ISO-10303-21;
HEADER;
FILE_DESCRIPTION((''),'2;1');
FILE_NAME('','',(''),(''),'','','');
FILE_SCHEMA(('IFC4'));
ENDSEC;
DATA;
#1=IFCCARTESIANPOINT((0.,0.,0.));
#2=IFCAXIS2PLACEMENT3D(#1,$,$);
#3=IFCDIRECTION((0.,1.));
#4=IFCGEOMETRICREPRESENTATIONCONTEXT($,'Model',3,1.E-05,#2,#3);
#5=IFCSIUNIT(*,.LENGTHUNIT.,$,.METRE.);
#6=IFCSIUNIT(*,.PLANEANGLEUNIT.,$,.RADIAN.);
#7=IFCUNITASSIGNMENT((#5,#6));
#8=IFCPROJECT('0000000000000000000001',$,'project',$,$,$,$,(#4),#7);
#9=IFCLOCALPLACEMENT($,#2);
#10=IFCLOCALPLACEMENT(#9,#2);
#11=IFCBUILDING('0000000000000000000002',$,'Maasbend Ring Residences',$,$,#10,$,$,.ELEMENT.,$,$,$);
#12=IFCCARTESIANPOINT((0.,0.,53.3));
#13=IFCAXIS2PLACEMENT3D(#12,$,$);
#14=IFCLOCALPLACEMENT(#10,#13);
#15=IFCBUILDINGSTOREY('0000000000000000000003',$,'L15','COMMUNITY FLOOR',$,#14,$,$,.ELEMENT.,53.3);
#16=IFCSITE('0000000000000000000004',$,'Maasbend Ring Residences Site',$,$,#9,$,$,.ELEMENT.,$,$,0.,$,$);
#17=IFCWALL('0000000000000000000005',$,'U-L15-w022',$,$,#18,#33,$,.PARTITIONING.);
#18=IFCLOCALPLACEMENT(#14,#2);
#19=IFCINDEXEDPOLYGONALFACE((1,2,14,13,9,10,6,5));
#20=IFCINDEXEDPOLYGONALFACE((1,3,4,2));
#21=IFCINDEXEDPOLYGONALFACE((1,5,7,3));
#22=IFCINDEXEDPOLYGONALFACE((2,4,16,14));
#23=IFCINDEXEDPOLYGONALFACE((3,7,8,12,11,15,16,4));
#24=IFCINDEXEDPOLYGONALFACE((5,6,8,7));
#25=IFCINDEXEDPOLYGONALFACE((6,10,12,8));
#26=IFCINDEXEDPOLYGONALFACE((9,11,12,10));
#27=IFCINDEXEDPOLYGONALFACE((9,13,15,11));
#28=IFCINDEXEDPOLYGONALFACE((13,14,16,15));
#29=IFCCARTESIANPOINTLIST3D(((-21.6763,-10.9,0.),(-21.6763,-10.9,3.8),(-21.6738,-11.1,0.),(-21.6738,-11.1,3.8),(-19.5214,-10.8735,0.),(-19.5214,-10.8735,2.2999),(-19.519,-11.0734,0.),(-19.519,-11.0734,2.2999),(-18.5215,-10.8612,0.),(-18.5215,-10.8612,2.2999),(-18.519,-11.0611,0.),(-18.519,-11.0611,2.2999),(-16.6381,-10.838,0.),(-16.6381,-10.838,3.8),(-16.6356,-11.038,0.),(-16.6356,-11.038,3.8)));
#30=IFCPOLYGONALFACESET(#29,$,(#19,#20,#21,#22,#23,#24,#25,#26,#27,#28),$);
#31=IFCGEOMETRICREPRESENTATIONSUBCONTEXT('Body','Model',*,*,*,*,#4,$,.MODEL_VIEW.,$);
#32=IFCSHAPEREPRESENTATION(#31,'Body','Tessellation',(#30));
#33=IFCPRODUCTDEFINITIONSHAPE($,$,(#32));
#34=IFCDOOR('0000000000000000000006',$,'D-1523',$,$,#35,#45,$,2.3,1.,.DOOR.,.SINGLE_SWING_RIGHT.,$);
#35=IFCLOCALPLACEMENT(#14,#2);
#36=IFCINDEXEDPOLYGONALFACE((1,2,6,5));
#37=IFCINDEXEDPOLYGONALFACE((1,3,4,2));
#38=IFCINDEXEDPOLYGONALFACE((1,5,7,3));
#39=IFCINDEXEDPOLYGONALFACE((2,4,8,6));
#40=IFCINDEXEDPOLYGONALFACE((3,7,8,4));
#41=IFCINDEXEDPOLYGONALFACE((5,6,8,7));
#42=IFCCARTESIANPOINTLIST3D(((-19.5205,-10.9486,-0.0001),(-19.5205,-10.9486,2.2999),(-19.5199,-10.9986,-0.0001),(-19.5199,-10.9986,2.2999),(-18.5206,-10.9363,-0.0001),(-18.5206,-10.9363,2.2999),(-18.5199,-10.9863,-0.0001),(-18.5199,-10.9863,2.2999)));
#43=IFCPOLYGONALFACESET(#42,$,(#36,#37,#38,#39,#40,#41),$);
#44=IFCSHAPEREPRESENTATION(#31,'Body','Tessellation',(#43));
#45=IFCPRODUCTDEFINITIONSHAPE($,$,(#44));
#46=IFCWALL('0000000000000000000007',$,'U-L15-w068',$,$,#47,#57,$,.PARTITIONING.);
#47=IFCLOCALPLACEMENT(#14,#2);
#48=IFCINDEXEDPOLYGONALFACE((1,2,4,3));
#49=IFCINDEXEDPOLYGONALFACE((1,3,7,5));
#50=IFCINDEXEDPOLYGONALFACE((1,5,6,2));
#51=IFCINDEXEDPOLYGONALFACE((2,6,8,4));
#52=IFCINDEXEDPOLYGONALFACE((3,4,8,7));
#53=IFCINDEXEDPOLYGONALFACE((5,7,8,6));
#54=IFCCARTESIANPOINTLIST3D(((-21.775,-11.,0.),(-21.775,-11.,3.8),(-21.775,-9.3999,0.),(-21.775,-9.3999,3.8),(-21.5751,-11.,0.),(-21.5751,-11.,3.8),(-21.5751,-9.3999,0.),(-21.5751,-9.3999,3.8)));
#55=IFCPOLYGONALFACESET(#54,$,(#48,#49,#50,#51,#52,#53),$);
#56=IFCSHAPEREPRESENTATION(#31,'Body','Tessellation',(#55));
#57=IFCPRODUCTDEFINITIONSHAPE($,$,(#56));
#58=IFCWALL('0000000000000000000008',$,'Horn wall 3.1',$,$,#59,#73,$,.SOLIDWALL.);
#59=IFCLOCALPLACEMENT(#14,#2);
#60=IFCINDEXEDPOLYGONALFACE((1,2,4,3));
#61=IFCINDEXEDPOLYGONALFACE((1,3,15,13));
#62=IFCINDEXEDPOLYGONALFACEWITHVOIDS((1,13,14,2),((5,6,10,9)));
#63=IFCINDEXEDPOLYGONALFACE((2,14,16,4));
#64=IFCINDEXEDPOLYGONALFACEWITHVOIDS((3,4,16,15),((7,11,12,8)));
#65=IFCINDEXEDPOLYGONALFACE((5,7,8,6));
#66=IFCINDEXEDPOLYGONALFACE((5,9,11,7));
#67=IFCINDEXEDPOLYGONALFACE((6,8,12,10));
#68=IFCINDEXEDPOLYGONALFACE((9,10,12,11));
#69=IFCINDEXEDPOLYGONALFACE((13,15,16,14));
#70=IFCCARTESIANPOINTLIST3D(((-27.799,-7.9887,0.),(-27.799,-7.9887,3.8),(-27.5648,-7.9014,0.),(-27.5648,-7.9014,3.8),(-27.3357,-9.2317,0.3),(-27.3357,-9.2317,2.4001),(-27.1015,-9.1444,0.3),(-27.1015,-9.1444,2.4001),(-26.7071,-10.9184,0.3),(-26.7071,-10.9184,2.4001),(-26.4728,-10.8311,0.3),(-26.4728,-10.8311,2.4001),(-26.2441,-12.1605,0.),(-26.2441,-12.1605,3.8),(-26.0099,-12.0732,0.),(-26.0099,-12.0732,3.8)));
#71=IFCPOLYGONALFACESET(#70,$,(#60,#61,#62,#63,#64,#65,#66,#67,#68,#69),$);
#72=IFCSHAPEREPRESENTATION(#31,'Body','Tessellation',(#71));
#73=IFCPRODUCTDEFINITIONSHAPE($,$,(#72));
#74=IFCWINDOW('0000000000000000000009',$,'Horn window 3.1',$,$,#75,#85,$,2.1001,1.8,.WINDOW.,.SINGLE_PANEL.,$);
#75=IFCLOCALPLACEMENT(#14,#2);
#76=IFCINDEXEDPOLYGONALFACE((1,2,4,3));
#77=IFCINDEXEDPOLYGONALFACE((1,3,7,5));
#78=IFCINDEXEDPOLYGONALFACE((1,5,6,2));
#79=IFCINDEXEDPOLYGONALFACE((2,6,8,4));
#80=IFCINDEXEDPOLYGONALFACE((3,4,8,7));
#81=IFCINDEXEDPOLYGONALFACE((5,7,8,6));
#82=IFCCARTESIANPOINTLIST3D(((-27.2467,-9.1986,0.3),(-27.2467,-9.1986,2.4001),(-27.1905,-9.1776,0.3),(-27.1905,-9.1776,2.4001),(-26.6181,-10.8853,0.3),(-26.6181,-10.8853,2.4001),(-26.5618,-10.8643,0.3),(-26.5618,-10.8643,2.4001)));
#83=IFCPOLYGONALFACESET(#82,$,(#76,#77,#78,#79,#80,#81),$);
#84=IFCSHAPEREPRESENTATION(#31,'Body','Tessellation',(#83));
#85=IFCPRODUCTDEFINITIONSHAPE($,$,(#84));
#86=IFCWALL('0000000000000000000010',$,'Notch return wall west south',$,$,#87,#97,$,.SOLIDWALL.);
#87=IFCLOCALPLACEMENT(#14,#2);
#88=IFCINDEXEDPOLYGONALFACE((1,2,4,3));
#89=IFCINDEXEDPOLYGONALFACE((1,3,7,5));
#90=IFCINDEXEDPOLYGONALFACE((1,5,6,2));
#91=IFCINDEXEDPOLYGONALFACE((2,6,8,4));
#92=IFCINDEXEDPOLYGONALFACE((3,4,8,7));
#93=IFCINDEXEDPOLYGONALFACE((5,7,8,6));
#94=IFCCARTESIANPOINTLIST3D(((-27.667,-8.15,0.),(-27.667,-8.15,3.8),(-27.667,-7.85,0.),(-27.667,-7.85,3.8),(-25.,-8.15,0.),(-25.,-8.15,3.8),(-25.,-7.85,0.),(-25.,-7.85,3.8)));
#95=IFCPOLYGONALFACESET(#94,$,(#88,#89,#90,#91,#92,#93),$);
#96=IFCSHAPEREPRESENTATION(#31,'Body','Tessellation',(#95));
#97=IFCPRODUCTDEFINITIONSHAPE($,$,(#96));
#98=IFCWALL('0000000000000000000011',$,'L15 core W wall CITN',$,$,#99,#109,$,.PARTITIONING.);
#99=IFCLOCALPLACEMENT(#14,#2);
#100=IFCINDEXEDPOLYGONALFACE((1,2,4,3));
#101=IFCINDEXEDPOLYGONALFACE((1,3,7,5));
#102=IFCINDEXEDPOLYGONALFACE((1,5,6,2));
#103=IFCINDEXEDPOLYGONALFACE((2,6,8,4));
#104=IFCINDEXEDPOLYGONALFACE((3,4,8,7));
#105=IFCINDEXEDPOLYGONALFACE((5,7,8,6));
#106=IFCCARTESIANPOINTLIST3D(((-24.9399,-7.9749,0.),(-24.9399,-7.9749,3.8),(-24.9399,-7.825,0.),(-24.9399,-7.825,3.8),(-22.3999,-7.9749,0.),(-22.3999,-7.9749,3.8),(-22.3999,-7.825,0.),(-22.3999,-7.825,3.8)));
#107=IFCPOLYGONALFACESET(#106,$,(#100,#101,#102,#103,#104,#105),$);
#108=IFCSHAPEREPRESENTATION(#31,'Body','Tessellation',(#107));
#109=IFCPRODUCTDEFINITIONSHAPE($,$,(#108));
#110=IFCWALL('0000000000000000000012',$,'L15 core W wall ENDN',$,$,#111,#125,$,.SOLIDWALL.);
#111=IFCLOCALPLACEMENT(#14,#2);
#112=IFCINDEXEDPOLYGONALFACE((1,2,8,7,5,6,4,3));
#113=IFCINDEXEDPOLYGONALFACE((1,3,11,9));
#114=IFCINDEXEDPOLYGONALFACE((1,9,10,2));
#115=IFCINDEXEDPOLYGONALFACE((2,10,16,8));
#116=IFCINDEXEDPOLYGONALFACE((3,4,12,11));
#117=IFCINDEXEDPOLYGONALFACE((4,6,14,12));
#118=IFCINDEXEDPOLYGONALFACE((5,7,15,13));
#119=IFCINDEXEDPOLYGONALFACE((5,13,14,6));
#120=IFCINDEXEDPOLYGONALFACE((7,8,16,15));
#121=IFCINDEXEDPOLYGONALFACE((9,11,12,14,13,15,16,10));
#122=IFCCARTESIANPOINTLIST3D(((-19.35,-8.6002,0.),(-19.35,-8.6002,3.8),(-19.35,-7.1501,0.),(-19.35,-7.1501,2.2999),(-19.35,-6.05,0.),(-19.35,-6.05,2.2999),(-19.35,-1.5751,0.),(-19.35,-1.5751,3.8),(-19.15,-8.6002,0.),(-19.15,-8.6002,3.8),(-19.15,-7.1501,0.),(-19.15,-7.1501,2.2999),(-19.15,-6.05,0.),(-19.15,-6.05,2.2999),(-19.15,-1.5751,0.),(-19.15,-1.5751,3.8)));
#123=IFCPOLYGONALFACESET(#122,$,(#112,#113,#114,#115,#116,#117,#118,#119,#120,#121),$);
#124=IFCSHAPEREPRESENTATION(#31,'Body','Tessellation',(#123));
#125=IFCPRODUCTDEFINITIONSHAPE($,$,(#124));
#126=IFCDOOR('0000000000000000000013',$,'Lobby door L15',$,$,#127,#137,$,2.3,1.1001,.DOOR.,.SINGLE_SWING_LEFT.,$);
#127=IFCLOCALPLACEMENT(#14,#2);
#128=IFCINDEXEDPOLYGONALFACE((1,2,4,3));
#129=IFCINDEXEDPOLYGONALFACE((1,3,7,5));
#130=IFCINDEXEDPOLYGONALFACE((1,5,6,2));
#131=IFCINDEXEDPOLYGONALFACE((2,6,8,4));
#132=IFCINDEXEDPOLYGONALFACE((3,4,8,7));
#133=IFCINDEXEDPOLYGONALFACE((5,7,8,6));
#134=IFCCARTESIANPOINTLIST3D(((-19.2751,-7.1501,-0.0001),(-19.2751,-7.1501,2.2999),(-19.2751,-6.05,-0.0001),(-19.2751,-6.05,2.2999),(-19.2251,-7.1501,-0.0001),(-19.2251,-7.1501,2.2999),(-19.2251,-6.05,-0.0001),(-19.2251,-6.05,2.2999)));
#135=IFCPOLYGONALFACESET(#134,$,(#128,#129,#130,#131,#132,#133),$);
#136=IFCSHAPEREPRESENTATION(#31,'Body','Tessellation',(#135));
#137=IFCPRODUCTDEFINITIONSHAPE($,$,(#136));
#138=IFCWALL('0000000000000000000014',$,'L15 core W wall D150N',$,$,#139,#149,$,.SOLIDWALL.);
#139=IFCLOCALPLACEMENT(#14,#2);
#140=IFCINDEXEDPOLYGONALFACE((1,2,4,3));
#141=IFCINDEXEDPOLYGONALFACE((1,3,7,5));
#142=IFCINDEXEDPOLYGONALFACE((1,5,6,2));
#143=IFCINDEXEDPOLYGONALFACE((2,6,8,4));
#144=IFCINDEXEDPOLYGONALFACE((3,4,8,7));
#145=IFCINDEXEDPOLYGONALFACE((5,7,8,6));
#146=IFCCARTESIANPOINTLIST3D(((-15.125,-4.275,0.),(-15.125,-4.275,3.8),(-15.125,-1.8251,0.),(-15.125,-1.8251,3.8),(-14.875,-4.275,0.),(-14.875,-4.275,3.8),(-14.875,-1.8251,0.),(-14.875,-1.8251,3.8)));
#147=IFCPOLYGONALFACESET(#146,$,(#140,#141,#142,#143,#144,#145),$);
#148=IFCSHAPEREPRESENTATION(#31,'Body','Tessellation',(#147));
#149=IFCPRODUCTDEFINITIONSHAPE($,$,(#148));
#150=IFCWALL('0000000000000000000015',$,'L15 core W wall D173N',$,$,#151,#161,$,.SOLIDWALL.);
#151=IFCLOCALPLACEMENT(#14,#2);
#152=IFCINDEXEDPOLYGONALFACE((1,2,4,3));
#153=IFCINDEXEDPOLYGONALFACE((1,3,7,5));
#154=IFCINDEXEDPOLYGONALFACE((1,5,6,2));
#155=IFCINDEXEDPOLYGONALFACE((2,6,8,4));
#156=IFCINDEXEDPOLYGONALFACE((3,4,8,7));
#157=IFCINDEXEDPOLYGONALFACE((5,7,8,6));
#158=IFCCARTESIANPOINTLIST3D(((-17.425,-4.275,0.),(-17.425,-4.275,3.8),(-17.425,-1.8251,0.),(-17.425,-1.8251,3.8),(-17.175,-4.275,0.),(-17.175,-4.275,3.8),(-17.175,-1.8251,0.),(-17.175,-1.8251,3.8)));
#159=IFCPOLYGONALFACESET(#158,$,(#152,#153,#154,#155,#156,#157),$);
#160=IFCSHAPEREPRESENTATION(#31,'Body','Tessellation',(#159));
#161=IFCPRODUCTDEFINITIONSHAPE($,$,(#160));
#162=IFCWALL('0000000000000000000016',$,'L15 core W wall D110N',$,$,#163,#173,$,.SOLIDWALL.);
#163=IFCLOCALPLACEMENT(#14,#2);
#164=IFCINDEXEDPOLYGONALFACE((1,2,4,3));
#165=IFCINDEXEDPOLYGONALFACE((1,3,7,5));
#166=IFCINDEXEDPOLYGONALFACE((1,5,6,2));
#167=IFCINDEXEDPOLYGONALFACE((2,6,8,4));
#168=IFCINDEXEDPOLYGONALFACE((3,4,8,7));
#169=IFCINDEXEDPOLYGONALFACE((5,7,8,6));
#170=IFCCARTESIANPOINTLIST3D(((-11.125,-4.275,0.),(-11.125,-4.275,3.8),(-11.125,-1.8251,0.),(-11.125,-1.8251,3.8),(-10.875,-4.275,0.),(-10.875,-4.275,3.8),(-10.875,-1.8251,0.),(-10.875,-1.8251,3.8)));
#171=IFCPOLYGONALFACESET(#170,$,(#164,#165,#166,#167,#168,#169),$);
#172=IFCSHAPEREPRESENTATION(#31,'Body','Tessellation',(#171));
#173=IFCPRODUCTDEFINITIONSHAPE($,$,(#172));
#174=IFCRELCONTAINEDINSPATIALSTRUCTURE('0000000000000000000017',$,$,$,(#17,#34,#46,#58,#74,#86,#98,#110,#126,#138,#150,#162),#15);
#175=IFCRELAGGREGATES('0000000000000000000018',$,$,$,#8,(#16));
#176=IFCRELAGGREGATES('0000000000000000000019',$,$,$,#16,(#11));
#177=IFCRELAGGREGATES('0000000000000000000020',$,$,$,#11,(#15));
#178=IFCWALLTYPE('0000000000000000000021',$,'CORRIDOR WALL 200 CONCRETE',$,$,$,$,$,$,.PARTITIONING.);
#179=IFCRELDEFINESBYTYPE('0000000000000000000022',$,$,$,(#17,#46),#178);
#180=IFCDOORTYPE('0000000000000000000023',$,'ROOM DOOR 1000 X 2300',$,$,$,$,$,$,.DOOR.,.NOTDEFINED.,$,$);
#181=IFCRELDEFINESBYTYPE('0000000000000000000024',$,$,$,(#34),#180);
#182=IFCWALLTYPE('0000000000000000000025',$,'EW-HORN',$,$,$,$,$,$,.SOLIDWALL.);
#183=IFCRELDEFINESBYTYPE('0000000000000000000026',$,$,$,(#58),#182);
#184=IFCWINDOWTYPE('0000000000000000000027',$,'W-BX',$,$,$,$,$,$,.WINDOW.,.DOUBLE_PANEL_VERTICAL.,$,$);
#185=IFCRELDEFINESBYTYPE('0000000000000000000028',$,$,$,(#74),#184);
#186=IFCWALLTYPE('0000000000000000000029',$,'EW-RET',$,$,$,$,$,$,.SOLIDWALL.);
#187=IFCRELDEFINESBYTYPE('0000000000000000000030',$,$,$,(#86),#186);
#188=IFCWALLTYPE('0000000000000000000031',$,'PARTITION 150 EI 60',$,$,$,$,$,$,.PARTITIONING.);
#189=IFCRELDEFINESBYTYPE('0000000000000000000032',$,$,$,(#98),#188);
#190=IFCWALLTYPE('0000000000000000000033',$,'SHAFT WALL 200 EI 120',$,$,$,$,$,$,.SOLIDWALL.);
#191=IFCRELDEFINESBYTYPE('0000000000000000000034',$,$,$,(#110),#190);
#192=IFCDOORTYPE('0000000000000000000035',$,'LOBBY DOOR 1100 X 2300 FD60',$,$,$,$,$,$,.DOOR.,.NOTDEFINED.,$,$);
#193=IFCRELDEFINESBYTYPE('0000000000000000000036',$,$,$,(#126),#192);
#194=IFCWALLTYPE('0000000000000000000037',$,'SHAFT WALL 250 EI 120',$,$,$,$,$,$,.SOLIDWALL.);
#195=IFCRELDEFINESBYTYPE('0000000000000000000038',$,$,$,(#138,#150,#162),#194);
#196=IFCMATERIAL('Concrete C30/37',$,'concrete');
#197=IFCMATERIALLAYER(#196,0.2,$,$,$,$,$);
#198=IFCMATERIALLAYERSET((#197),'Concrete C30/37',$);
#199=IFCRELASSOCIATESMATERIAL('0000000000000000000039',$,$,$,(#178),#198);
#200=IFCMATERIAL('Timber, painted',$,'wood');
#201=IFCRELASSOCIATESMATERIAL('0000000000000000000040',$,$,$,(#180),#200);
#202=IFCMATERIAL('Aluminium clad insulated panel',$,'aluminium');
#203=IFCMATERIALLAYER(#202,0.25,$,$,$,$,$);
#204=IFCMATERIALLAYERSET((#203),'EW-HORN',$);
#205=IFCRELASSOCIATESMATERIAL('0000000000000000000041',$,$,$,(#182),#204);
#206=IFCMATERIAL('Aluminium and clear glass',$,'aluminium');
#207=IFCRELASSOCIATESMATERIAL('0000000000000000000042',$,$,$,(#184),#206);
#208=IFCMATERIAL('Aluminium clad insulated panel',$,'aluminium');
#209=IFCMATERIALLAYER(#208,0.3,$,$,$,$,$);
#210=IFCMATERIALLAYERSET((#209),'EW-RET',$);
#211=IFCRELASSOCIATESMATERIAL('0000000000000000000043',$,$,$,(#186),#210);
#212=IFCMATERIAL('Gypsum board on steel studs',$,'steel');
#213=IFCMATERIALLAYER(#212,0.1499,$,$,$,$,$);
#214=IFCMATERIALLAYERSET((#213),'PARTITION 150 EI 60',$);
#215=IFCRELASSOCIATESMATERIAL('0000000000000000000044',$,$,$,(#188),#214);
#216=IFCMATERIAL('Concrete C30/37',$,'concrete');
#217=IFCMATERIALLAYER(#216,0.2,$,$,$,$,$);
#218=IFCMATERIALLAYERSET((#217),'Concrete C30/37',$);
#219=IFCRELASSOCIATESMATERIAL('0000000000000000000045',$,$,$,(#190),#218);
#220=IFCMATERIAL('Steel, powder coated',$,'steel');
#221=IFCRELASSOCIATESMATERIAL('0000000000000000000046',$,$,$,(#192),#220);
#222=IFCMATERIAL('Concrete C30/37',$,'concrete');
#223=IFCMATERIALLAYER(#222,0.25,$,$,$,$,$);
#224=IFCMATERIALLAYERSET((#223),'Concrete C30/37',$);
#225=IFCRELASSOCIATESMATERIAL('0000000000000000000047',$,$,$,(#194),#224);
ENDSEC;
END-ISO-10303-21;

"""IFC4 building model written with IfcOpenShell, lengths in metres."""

from ifc_helpers import new_model, si_unit, direction, frame, frame_2d, origin, place, context, subcontext, project, spatial, rectangle, extrude, material, layer, layer_set, type_object, element, fill, save


model = new_model("IFC4")

# Units and contexts
model_context = context("Model", 3, precision=1e-05, world=origin(), true_north=direction((0.0, 1.0)))
body_context = subcontext(model_context, "Body", "Model", "MODEL_VIEW")
ifc_project = project(units=[si_unit("LENGTHUNIT", "METRE"), si_unit("PLANEANGLEUNIT", "RADIAN")], contexts=[model_context])

# Site, building, storey
site_placement = place(None, origin())
site = spatial("IfcSite", under=ifc_project, at=site_placement, Name="Maasbend Ring Residences Site", CompositionType="ELEMENT", RefElevation=0.0)
building_placement = place(site_placement, origin())
building = spatial("IfcBuilding", under=site, at=building_placement, Name="Maasbend Ring Residences", CompositionType="ELEMENT")
storey_placement = place(building_placement, frame((0.0, 0.0, 53.3)))
storey = spatial("IfcBuildingStorey", under=building, at=storey_placement, Name="L15", Description="COMMUNITY FLOOR", CompositionType="ELEMENT", Elevation=53.3)

# Shared definitions
ifc_material_1 = material(Name="Concrete C30/37", Category="concrete")
ifc_layer_1 = layer(ifc_material_1, 0.2)
ifc_layer_set_1 = layer_set([ifc_layer_1], Name="Concrete C30/37")
wall_type_1 = type_object("IfcWallType", Name="CORRIDOR WALL 200 CONCRETE", PredefinedType="PARTITIONING", material=ifc_layer_set_1)

# Wall, opening, door
wall_1_placement = place(storey_placement, frame((-21.675, -11.0, 0.0), z_axis=(0.0, 0.0, 1.0), x_axis=(0.999924, 0.012308, 0.0)))
wall_1 = element("IfcWall", 1, at=wall_1_placement, inside=storey, type_object=wall_type_1, Name="U-L15-w022", PredefinedType="PARTITIONING", context=body_context, shape_type="SweptSolid", body=[
    extrude(rectangle(XDim=5.0386, YDim=0.2, at=frame_2d((2.5193, 0.0))), origin(), (0.0, 0.0, 1.0), 3.8),
])
opening_1_placement = place(wall_1_placement, frame((2.155, 0.0, 0.0)))
opening_1 = element("IfcOpeningElement", 2, at=opening_1_placement, cuts=wall_1, PredefinedType="OPENING", context=body_context, shape_type="SweptSolid", body=[
    extrude(rectangle(XDim=1.0, YDim=2.3, at=frame_2d((0.5, 1.1499))), frame((0.0, 0.1099, 0.0), z_axis=(0.0, -1.0, 0.0), x_axis=(1.0, 0.0, 0.0)), (0.0, 0.0, 1.0), 0.22),
])
ifc_material_2 = material(Name="Timber, painted", Category="wood")
door_type_1 = type_object("IfcDoorType", Name="ROOM DOOR 1000 X 2300", OperationType="NOTDEFINED", PredefinedType="DOOR", material=ifc_material_2)
door_1_placement = place(opening_1_placement, origin())
door_1 = element("IfcDoor", 3, at=door_1_placement, inside=storey, type_object=door_type_1, Name="D-1523", OperationType="SINGLE_SWING_RIGHT", OverallHeight=2.3, OverallWidth=1.0, PredefinedType="DOOR", context=body_context, shape_type="SweptSolid", body=[
    extrude(rectangle(XDim=1.0, YDim=2.3, at=frame_2d((0.5, 1.1499))), frame((0.0, 0.0249, 0.0), z_axis=(0.0, -1.0, 0.0), x_axis=(1.0, 0.0, 0.0)), (0.0, 0.0, 1.0), 0.05),
])
fill(opening_1, door_1)

# Wall
wall_2_placement = place(storey_placement, frame((-21.675, -11.0, 0.0), z_axis=(0.0, 0.0, 1.0), x_axis=(0.0, 1.0, 0.0)))
element("IfcWall", 4, at=wall_2_placement, inside=storey, type_object=wall_type_1, Name="U-L15-w068", PredefinedType="PARTITIONING", context=body_context, shape_type="SweptSolid", body=[
    extrude(rectangle(XDim=1.6001, YDim=0.2, at=frame_2d((0.8, 0.0))), origin(), (0.0, 0.0, 1.0), 3.8),
])

# Wall, opening, window
ifc_material_3 = material(Name="Aluminium clad insulated panel", Category="aluminium")
ifc_layer_2 = layer(ifc_material_3, 0.25)
ifc_layer_set_2 = layer_set([ifc_layer_2], Name="EW-HORN")
wall_type_2 = type_object("IfcWallType", Name="EW-HORN", PredefinedType="SOLIDWALL", material=ifc_layer_set_2)
wall_3_placement = place(storey_placement, frame((-27.6819, -7.9451, 0.0), z_axis=(0.0, 0.0, 1.0), x_axis=(0.349248, -0.93703, 0.0)))
wall_3 = element("IfcWall", 5, at=wall_3_placement, inside=storey, type_object=wall_type_2, Name="Horn wall 3.1", PredefinedType="SOLIDWALL", context=body_context, shape_type="SweptSolid", body=[
    extrude(rectangle(XDim=4.4521, YDim=0.25, at=frame_2d((2.2261, 0.0))), origin(), (0.0, 0.0, 1.0), 3.8),
])
opening_2_placement = place(wall_3_placement, frame((1.3267, 0.0, 0.3)))
opening_2 = element("IfcOpeningElement", 6, at=opening_2_placement, cuts=wall_3, PredefinedType="OPENING", context=body_context, shape_type="SweptSolid", body=[
    extrude(rectangle(XDim=1.8, YDim=2.1001, at=frame_2d((0.8999, 1.05))), frame((0.0, 0.135, 0.0), z_axis=(0.0, -1.0, 0.0), x_axis=(1.0, 0.0, 0.0)), (0.0, 0.0, 1.0), 0.27),
])
ifc_material_4 = material(Name="Aluminium and clear glass", Category="aluminium")
window_type = type_object("IfcWindowType", Name="W-BX", PartitioningType="DOUBLE_PANEL_VERTICAL", PredefinedType="WINDOW", material=ifc_material_4)
window_placement = place(opening_2_placement, origin())
window = element("IfcWindow", 7, at=window_placement, inside=storey, type_object=window_type, Name="Horn window 3.1", OverallHeight=2.1001, OverallWidth=1.8, PartitioningType="SINGLE_PANEL", PredefinedType="WINDOW", context=body_context, shape_type="SweptSolid", body=[
    extrude(rectangle(XDim=1.8, YDim=2.1001, at=frame_2d((0.8999, 1.05))), frame((0.0, 0.03, 0.0), z_axis=(0.0, -1.0, 0.0), x_axis=(1.0, 0.0, 0.0)), (0.0, 0.0, 1.0), 0.0601),
])
fill(opening_2, window)

# Walls
ifc_material_5 = material(Name="Aluminium clad insulated panel", Category="aluminium")
ifc_layer_3 = layer(ifc_material_5, 0.3)
ifc_layer_set_3 = layer_set([ifc_layer_3], Name="EW-RET")
wall_type_3 = type_object("IfcWallType", Name="EW-RET", PredefinedType="SOLIDWALL", material=ifc_layer_set_3)
wall_4_placement = place(storey_placement, frame((-25.0, -8.0, 0.0), z_axis=(0.0, 0.0, 1.0), x_axis=(-1.0, 0.0, 0.0)))
element("IfcWall", 8, at=wall_4_placement, inside=storey, type_object=wall_type_3, Name="Notch return wall west south", PredefinedType="SOLIDWALL", context=body_context, shape_type="SweptSolid", body=[
    extrude(rectangle(XDim=2.667, YDim=0.3, at=frame_2d((1.3335, 0.0))), origin(), (0.0, 0.0, 1.0), 3.8),
])
ifc_material_6 = material(Name="Gypsum board on steel studs", Category="steel")
ifc_layer_4 = layer(ifc_material_6, 0.1499)
ifc_layer_set_4 = layer_set([ifc_layer_4], Name="PARTITION 150 EI 60")
wall_type_4 = type_object("IfcWallType", Name="PARTITION 150 EI 60", PredefinedType="PARTITIONING", material=ifc_layer_set_4)
wall_5_placement = place(storey_placement, frame((-22.3999, -7.8999, 0.0), z_axis=(0.0, 0.0, 1.0), x_axis=(-1.0, 0.0, 0.0)))
element("IfcWall", 9, at=wall_5_placement, inside=storey, type_object=wall_type_4, Name="L15 core W wall CITN", PredefinedType="PARTITIONING", context=body_context, shape_type="SweptSolid", body=[
    extrude(rectangle(XDim=2.54, YDim=0.1499, at=frame_2d((1.27, 0.0))), origin(), (0.0, 0.0, 1.0), 3.8),
])

# Wall, opening, door
ifc_material_7 = material(Name="Concrete C30/37", Category="concrete")
ifc_layer_5 = layer(ifc_material_7, 0.2)
ifc_layer_set_5 = layer_set([ifc_layer_5], Name="Concrete C30/37")
wall_type_5 = type_object("IfcWallType", Name="SHAFT WALL 200 EI 120", PredefinedType="SOLIDWALL", material=ifc_layer_set_5)
wall_6_placement = place(storey_placement, frame((-19.25, -1.575, 0.0), z_axis=(0.0, 0.0, 1.0), x_axis=(0.0, -1.0, 0.0)))
wall_6 = element("IfcWall", 10, at=wall_6_placement, inside=storey, type_object=wall_type_5, Name="L15 core W wall ENDN", PredefinedType="SOLIDWALL", context=body_context, shape_type="SweptSolid", body=[
    extrude(rectangle(XDim=7.0251, YDim=0.2, at=frame_2d((3.5127, 0.0))), origin(), (0.0, 0.0, 1.0), 3.8),
])
opening_3_placement = place(wall_6_placement, frame((4.4751, 0.0, 0.0)))
opening_3 = element("IfcOpeningElement", 11, at=opening_3_placement, cuts=wall_6, PredefinedType="OPENING", context=body_context, shape_type="SweptSolid", body=[
    extrude(rectangle(XDim=1.1001, YDim=2.3, at=frame_2d((0.55, 1.1499))), frame((0.0, 0.1099, 0.0), z_axis=(0.0, -1.0, 0.0), x_axis=(1.0, 0.0, 0.0)), (0.0, 0.0, 1.0), 0.22),
])
ifc_material_8 = material(Name="Steel, powder coated", Category="steel")
door_type_2 = type_object("IfcDoorType", Name="LOBBY DOOR 1100 X 2300 FD60", OperationType="NOTDEFINED", PredefinedType="DOOR", material=ifc_material_8)
door_2_placement = place(opening_3_placement, origin())
door_2 = element("IfcDoor", 12, at=door_2_placement, inside=storey, type_object=door_type_2, Name="Lobby door L15", OperationType="SINGLE_SWING_LEFT", OverallHeight=2.3, OverallWidth=1.1001, PredefinedType="DOOR", context=body_context, shape_type="SweptSolid", body=[
    extrude(rectangle(XDim=1.1001, YDim=2.3, at=frame_2d((0.55, 1.1499))), frame((0.0, 0.0249, 0.0), z_axis=(0.0, -1.0, 0.0), x_axis=(1.0, 0.0, 0.0)), (0.0, 0.0, 1.0), 0.05),
])
fill(opening_3, door_2)

# Walls
ifc_material_9 = material(Name="Concrete C30/37", Category="concrete")
ifc_layer_6 = layer(ifc_material_9, 0.25)
ifc_layer_set_6 = layer_set([ifc_layer_6], Name="Concrete C30/37")
wall_type_6 = type_object("IfcWallType", Name="SHAFT WALL 250 EI 120", PredefinedType="SOLIDWALL", material=ifc_layer_set_6)
for number, where, z_axis, x_axis, name in (
    (13, (-15.0, -1.825, 0.0), (0.0, 0.0, 1.0), (0.0, -1.0, 0.0), "L15 core W wall D150N"),
    (14, (-17.3, -1.825, 0.0), (0.0, 0.0, 1.0), (0.0, -1.0, 0.0), "L15 core W wall D173N"),
    (15, (-11.0, -1.825, 0.0), (0.0, 0.0, 1.0), (0.0, -1.0, 0.0), "L15 core W wall D110N"),
):
    element("IfcWall", number, at=place(storey_placement, frame(where, z_axis=z_axis, x_axis=x_axis)), inside=storey, type_object=wall_type_6, Name=name, PredefinedType="SOLIDWALL", context=body_context, shape_type="SweptSolid", body=[
        extrude(rectangle(XDim=2.45, YDim=0.25, at=frame_2d((1.2251, 0.0))), origin(), (0.0, 0.0, 1.0), 3.8),
    ])

save(model, "model.ifc")
